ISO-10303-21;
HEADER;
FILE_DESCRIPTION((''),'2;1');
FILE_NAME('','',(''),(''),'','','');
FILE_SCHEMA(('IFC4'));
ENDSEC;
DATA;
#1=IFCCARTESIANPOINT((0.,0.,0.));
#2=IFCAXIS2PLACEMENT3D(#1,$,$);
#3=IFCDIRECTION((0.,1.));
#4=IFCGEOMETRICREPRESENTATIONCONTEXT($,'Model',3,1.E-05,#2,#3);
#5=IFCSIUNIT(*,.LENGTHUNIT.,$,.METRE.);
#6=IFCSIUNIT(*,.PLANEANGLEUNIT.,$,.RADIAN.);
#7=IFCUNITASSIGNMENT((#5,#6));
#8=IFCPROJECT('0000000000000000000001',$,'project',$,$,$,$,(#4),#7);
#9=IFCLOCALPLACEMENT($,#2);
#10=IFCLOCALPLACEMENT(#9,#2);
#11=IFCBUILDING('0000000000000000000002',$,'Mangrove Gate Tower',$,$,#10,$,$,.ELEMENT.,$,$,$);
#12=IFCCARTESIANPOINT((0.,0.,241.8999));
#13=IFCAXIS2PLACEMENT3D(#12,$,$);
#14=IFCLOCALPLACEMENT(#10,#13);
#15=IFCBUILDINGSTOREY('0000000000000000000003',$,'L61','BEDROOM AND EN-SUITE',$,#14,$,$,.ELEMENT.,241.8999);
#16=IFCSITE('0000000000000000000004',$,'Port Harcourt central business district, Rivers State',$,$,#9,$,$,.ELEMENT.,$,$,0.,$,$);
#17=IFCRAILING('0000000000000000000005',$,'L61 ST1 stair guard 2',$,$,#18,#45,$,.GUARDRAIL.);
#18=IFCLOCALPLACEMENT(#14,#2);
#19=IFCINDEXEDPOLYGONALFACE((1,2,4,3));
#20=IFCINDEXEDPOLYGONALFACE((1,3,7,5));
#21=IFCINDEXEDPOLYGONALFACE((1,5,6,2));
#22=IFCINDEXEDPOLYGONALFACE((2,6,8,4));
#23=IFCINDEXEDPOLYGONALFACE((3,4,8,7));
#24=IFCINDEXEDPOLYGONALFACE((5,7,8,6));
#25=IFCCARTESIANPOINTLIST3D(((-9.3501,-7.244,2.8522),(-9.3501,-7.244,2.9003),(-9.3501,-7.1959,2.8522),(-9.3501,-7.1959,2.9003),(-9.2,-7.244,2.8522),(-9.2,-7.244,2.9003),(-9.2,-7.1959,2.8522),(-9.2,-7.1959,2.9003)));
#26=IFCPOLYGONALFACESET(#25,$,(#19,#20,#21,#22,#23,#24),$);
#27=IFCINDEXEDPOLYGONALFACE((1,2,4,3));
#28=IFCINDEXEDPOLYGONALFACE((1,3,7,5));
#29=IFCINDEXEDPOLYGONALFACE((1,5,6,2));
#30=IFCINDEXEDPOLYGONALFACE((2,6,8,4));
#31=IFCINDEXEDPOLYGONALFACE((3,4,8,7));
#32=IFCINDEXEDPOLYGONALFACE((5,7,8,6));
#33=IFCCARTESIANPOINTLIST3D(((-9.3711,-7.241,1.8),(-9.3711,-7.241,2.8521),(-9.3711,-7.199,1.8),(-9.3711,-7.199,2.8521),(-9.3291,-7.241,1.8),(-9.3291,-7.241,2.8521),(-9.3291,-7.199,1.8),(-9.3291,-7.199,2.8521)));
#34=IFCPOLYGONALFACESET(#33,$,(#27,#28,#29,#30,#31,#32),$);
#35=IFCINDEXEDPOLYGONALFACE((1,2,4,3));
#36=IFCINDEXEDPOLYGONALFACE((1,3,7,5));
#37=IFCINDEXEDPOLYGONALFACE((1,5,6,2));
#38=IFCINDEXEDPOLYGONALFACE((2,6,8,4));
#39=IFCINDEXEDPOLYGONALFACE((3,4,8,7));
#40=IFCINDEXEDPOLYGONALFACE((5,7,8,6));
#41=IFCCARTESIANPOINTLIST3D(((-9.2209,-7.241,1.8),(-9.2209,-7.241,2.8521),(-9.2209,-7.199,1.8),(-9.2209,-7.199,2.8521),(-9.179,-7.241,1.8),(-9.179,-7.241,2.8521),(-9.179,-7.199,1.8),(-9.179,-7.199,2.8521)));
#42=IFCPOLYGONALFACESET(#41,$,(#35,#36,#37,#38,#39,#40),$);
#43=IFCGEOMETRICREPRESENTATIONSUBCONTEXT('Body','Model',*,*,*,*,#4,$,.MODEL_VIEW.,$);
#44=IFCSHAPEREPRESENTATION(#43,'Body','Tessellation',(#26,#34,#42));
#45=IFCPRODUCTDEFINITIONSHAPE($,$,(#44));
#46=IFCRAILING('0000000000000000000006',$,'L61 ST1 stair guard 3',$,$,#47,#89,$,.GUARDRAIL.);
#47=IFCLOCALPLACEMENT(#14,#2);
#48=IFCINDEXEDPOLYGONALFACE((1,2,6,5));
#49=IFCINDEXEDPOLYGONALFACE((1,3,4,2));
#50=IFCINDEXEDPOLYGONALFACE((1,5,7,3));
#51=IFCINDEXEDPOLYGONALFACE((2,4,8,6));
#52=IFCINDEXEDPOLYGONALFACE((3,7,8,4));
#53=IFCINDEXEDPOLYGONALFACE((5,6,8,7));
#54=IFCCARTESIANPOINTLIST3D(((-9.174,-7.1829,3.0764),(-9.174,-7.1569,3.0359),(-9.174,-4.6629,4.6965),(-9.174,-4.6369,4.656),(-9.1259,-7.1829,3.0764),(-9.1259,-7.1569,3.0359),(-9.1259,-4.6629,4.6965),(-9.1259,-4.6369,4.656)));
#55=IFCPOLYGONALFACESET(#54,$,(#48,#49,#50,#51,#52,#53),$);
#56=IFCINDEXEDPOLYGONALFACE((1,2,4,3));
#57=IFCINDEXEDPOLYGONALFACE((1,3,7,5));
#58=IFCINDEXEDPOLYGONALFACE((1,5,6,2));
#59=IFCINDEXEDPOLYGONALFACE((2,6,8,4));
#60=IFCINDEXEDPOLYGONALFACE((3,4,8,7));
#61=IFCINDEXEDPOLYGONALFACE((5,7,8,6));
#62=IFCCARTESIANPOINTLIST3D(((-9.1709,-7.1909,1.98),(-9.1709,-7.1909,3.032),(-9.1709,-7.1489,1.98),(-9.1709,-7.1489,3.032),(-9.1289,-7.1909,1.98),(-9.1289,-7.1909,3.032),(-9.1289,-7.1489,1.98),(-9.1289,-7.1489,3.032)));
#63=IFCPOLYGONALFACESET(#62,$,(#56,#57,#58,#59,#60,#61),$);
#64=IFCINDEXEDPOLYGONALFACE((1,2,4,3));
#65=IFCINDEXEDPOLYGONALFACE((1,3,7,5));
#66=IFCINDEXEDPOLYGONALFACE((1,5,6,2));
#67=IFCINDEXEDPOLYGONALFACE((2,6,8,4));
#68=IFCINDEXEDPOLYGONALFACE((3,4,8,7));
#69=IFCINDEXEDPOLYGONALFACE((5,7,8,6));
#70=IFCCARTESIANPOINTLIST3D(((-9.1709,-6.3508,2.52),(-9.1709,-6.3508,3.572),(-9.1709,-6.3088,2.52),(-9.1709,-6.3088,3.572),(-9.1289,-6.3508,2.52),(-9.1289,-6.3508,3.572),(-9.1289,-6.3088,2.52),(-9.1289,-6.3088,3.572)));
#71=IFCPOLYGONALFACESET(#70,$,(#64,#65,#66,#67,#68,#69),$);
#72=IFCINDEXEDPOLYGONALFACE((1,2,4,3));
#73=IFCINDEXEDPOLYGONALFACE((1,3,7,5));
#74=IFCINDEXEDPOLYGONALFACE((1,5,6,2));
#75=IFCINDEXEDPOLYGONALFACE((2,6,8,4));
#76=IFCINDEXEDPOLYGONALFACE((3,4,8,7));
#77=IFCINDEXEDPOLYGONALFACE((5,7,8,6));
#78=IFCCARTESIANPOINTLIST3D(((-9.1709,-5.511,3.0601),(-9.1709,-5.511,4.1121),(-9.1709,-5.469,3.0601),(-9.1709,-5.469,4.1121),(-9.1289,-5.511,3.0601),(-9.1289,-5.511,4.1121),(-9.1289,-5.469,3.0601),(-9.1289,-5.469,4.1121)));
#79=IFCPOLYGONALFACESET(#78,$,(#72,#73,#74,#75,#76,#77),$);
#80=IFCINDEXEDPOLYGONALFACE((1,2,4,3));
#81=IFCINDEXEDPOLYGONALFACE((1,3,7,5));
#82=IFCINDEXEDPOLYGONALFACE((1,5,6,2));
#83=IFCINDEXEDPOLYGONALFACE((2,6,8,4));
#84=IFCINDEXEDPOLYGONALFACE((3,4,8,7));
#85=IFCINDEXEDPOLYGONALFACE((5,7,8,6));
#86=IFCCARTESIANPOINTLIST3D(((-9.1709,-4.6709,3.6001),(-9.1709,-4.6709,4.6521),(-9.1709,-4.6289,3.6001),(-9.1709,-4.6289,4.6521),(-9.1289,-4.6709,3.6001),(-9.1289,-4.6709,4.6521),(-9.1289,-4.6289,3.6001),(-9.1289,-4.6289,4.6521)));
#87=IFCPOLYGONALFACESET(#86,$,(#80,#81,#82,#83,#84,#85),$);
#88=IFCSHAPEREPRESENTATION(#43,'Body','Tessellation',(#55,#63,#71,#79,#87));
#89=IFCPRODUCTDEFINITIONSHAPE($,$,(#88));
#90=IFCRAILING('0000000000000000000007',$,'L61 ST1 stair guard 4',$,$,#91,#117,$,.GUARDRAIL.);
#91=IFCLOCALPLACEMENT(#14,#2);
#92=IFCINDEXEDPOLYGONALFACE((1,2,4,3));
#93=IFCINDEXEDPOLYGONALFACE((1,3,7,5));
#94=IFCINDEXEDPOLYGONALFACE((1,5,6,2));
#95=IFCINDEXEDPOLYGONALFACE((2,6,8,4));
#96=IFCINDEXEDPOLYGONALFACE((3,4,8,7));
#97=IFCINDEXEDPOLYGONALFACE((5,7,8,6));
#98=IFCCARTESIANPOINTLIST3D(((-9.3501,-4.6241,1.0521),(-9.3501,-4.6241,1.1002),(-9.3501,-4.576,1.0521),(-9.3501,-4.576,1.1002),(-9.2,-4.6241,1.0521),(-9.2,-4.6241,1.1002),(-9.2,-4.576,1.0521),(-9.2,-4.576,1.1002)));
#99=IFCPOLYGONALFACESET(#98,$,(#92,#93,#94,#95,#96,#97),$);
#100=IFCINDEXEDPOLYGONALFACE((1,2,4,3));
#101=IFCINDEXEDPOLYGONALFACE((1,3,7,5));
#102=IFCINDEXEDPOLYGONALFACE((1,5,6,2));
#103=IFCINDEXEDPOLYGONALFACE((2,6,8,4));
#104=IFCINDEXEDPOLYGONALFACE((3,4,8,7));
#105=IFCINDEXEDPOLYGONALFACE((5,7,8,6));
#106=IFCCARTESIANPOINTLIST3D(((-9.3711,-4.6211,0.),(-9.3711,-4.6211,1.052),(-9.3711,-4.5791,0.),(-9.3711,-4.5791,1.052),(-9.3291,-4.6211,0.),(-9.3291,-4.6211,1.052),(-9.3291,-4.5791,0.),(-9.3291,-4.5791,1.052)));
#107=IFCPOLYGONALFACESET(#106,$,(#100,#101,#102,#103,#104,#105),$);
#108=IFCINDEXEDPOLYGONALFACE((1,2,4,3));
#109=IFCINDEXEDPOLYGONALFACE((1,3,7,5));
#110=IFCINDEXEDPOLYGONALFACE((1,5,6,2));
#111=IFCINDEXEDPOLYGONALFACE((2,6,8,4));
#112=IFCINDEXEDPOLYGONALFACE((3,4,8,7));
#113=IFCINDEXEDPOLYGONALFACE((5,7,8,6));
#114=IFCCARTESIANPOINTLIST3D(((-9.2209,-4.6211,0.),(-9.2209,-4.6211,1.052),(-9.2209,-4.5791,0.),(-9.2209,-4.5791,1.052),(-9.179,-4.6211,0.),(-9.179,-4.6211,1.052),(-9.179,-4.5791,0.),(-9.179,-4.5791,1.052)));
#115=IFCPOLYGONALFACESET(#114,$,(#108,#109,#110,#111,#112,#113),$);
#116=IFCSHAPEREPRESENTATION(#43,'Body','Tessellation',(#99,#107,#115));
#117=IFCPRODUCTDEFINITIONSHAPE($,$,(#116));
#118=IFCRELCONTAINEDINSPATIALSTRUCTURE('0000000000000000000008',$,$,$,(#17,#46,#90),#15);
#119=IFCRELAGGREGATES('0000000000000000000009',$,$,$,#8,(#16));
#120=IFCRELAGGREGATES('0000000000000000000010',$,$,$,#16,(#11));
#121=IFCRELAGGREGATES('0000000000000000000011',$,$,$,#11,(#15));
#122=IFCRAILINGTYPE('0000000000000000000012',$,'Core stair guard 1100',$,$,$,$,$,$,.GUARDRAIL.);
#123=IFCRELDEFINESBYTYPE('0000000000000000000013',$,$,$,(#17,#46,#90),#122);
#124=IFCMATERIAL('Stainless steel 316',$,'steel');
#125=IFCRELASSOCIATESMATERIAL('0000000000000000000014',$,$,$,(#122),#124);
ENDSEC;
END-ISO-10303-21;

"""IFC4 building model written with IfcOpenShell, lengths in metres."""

from ifc_helpers import new_model, si_unit, direction, frame, origin, origin_2d, place, context, subcontext, project, spatial, rectangle, extrude, material, type_object, element, save


model = new_model("IFC4")

# Units and contexts
model_context = context("Model", 3, precision=1e-05, world=origin(), true_north=direction((0.0, 1.0)))
body_context = subcontext(model_context, "Body", "Model", "MODEL_VIEW")
ifc_project = project(units=[si_unit("LENGTHUNIT", "METRE"), si_unit("PLANEANGLEUNIT", "RADIAN")], contexts=[model_context])

# Site, building, storey
site_placement = place(None, origin())
site = spatial("IfcSite", under=ifc_project, at=site_placement, Name="Port Harcourt central business district, Rivers State", CompositionType="ELEMENT", RefElevation=0.0)
building_placement = place(site_placement, origin())
building = spatial("IfcBuilding", under=site, at=building_placement, Name="Mangrove Gate Tower", CompositionType="ELEMENT")
storey_placement = place(building_placement, frame((0.0, 0.0, 241.8999)))
storey = spatial("IfcBuildingStorey", under=building, at=storey_placement, Name="L61", Description="BEDROOM AND EN-SUITE", CompositionType="ELEMENT", Elevation=241.8999)

# Railings
ifc_material_1 = material(Name="Stainless steel 316", Category="steel")
railing_type_1 = type_object("IfcRailingType", Name="Core stair guard 1100", PredefinedType="GUARDRAIL", material=ifc_material_1)
railing_1_placement = place(storey_placement, frame((-9.3501, -7.22, 1.8)))
element("IfcRailing", 1, at=railing_1_placement, inside=storey, type_object=railing_type_1, Name="L61 ST1 stair guard 2", PredefinedType="GUARDRAIL", context=body_context, shape_type="SweptSolid", body=[
    extrude(rectangle(XDim=0.0481, YDim=0.0481, at=origin_2d()), frame((0.0, 0.0, 1.0762), z_axis=(1.0, 0.0, 0.0), x_axis=(0.0, 1.0, 0.0)), (0.0, 0.0, 1.0), 0.1501),
    extrude(rectangle(XDim=0.042, YDim=0.042, at=origin_2d()), origin(), (0.0, 0.0, 1.0), 1.052),
    extrude(rectangle(XDim=0.042, YDim=0.042, at=origin_2d()), frame((0.1501, 0.0, 0.0)), (0.0, 0.0, 1.0), 1.052),
])
railing_2_placement = place(storey_placement, frame((-9.1499, -7.1699, 1.98)))
element("IfcRailing", 2, at=railing_2_placement, inside=storey, type_object=railing_type_1, Name="L61 ST1 stair guard 3", PredefinedType="GUARDRAIL", context=body_context, shape_type="SweptSolid", body=[
    extrude(rectangle(XDim=0.0481, YDim=0.0481, at=origin_2d()), frame((0.0, 0.0, 1.0762), z_axis=(0.0, 0.841163, 0.540782), x_axis=(-1.0, 0.0, 0.0)), (0.0, 0.0, 1.0), 2.9958),
    extrude(rectangle(XDim=0.042, YDim=0.042, at=origin_2d()), origin(), (0.0, 0.0, 1.0), 1.052),
    extrude(rectangle(XDim=0.042, YDim=0.042, at=origin_2d()), frame((0.0, 0.8401, 0.54)), (0.0, 0.0, 1.0), 1.052),
    extrude(rectangle(XDim=0.042, YDim=0.042, at=origin_2d()), frame((0.0, 1.6799, 1.0801)), (0.0, 0.0, 1.0), 1.052),
    extrude(rectangle(XDim=0.042, YDim=0.042, at=origin_2d()), frame((0.0, 2.52, 1.6201)), (0.0, 0.0, 1.0), 1.052),
])
railing_3_placement = place(storey_placement, frame((-9.3501, -4.6001, 0.0)))
element("IfcRailing", 3, at=railing_3_placement, inside=storey, type_object=railing_type_1, Name="L61 ST1 stair guard 4", PredefinedType="GUARDRAIL", context=body_context, shape_type="SweptSolid", body=[
    extrude(rectangle(XDim=0.0481, YDim=0.0481, at=origin_2d()), frame((0.0, 0.0, 1.0762), z_axis=(1.0, 0.0, 0.0), x_axis=(0.0, 1.0, 0.0)), (0.0, 0.0, 1.0), 0.1501),
    extrude(rectangle(XDim=0.042, YDim=0.042, at=origin_2d()), origin(), (0.0, 0.0, 1.0), 1.052),
    extrude(rectangle(XDim=0.042, YDim=0.042, at=origin_2d()), frame((0.1501, 0.0, 0.0)), (0.0, 0.0, 1.0), 1.052),
])

save(model, "model.ifc")
